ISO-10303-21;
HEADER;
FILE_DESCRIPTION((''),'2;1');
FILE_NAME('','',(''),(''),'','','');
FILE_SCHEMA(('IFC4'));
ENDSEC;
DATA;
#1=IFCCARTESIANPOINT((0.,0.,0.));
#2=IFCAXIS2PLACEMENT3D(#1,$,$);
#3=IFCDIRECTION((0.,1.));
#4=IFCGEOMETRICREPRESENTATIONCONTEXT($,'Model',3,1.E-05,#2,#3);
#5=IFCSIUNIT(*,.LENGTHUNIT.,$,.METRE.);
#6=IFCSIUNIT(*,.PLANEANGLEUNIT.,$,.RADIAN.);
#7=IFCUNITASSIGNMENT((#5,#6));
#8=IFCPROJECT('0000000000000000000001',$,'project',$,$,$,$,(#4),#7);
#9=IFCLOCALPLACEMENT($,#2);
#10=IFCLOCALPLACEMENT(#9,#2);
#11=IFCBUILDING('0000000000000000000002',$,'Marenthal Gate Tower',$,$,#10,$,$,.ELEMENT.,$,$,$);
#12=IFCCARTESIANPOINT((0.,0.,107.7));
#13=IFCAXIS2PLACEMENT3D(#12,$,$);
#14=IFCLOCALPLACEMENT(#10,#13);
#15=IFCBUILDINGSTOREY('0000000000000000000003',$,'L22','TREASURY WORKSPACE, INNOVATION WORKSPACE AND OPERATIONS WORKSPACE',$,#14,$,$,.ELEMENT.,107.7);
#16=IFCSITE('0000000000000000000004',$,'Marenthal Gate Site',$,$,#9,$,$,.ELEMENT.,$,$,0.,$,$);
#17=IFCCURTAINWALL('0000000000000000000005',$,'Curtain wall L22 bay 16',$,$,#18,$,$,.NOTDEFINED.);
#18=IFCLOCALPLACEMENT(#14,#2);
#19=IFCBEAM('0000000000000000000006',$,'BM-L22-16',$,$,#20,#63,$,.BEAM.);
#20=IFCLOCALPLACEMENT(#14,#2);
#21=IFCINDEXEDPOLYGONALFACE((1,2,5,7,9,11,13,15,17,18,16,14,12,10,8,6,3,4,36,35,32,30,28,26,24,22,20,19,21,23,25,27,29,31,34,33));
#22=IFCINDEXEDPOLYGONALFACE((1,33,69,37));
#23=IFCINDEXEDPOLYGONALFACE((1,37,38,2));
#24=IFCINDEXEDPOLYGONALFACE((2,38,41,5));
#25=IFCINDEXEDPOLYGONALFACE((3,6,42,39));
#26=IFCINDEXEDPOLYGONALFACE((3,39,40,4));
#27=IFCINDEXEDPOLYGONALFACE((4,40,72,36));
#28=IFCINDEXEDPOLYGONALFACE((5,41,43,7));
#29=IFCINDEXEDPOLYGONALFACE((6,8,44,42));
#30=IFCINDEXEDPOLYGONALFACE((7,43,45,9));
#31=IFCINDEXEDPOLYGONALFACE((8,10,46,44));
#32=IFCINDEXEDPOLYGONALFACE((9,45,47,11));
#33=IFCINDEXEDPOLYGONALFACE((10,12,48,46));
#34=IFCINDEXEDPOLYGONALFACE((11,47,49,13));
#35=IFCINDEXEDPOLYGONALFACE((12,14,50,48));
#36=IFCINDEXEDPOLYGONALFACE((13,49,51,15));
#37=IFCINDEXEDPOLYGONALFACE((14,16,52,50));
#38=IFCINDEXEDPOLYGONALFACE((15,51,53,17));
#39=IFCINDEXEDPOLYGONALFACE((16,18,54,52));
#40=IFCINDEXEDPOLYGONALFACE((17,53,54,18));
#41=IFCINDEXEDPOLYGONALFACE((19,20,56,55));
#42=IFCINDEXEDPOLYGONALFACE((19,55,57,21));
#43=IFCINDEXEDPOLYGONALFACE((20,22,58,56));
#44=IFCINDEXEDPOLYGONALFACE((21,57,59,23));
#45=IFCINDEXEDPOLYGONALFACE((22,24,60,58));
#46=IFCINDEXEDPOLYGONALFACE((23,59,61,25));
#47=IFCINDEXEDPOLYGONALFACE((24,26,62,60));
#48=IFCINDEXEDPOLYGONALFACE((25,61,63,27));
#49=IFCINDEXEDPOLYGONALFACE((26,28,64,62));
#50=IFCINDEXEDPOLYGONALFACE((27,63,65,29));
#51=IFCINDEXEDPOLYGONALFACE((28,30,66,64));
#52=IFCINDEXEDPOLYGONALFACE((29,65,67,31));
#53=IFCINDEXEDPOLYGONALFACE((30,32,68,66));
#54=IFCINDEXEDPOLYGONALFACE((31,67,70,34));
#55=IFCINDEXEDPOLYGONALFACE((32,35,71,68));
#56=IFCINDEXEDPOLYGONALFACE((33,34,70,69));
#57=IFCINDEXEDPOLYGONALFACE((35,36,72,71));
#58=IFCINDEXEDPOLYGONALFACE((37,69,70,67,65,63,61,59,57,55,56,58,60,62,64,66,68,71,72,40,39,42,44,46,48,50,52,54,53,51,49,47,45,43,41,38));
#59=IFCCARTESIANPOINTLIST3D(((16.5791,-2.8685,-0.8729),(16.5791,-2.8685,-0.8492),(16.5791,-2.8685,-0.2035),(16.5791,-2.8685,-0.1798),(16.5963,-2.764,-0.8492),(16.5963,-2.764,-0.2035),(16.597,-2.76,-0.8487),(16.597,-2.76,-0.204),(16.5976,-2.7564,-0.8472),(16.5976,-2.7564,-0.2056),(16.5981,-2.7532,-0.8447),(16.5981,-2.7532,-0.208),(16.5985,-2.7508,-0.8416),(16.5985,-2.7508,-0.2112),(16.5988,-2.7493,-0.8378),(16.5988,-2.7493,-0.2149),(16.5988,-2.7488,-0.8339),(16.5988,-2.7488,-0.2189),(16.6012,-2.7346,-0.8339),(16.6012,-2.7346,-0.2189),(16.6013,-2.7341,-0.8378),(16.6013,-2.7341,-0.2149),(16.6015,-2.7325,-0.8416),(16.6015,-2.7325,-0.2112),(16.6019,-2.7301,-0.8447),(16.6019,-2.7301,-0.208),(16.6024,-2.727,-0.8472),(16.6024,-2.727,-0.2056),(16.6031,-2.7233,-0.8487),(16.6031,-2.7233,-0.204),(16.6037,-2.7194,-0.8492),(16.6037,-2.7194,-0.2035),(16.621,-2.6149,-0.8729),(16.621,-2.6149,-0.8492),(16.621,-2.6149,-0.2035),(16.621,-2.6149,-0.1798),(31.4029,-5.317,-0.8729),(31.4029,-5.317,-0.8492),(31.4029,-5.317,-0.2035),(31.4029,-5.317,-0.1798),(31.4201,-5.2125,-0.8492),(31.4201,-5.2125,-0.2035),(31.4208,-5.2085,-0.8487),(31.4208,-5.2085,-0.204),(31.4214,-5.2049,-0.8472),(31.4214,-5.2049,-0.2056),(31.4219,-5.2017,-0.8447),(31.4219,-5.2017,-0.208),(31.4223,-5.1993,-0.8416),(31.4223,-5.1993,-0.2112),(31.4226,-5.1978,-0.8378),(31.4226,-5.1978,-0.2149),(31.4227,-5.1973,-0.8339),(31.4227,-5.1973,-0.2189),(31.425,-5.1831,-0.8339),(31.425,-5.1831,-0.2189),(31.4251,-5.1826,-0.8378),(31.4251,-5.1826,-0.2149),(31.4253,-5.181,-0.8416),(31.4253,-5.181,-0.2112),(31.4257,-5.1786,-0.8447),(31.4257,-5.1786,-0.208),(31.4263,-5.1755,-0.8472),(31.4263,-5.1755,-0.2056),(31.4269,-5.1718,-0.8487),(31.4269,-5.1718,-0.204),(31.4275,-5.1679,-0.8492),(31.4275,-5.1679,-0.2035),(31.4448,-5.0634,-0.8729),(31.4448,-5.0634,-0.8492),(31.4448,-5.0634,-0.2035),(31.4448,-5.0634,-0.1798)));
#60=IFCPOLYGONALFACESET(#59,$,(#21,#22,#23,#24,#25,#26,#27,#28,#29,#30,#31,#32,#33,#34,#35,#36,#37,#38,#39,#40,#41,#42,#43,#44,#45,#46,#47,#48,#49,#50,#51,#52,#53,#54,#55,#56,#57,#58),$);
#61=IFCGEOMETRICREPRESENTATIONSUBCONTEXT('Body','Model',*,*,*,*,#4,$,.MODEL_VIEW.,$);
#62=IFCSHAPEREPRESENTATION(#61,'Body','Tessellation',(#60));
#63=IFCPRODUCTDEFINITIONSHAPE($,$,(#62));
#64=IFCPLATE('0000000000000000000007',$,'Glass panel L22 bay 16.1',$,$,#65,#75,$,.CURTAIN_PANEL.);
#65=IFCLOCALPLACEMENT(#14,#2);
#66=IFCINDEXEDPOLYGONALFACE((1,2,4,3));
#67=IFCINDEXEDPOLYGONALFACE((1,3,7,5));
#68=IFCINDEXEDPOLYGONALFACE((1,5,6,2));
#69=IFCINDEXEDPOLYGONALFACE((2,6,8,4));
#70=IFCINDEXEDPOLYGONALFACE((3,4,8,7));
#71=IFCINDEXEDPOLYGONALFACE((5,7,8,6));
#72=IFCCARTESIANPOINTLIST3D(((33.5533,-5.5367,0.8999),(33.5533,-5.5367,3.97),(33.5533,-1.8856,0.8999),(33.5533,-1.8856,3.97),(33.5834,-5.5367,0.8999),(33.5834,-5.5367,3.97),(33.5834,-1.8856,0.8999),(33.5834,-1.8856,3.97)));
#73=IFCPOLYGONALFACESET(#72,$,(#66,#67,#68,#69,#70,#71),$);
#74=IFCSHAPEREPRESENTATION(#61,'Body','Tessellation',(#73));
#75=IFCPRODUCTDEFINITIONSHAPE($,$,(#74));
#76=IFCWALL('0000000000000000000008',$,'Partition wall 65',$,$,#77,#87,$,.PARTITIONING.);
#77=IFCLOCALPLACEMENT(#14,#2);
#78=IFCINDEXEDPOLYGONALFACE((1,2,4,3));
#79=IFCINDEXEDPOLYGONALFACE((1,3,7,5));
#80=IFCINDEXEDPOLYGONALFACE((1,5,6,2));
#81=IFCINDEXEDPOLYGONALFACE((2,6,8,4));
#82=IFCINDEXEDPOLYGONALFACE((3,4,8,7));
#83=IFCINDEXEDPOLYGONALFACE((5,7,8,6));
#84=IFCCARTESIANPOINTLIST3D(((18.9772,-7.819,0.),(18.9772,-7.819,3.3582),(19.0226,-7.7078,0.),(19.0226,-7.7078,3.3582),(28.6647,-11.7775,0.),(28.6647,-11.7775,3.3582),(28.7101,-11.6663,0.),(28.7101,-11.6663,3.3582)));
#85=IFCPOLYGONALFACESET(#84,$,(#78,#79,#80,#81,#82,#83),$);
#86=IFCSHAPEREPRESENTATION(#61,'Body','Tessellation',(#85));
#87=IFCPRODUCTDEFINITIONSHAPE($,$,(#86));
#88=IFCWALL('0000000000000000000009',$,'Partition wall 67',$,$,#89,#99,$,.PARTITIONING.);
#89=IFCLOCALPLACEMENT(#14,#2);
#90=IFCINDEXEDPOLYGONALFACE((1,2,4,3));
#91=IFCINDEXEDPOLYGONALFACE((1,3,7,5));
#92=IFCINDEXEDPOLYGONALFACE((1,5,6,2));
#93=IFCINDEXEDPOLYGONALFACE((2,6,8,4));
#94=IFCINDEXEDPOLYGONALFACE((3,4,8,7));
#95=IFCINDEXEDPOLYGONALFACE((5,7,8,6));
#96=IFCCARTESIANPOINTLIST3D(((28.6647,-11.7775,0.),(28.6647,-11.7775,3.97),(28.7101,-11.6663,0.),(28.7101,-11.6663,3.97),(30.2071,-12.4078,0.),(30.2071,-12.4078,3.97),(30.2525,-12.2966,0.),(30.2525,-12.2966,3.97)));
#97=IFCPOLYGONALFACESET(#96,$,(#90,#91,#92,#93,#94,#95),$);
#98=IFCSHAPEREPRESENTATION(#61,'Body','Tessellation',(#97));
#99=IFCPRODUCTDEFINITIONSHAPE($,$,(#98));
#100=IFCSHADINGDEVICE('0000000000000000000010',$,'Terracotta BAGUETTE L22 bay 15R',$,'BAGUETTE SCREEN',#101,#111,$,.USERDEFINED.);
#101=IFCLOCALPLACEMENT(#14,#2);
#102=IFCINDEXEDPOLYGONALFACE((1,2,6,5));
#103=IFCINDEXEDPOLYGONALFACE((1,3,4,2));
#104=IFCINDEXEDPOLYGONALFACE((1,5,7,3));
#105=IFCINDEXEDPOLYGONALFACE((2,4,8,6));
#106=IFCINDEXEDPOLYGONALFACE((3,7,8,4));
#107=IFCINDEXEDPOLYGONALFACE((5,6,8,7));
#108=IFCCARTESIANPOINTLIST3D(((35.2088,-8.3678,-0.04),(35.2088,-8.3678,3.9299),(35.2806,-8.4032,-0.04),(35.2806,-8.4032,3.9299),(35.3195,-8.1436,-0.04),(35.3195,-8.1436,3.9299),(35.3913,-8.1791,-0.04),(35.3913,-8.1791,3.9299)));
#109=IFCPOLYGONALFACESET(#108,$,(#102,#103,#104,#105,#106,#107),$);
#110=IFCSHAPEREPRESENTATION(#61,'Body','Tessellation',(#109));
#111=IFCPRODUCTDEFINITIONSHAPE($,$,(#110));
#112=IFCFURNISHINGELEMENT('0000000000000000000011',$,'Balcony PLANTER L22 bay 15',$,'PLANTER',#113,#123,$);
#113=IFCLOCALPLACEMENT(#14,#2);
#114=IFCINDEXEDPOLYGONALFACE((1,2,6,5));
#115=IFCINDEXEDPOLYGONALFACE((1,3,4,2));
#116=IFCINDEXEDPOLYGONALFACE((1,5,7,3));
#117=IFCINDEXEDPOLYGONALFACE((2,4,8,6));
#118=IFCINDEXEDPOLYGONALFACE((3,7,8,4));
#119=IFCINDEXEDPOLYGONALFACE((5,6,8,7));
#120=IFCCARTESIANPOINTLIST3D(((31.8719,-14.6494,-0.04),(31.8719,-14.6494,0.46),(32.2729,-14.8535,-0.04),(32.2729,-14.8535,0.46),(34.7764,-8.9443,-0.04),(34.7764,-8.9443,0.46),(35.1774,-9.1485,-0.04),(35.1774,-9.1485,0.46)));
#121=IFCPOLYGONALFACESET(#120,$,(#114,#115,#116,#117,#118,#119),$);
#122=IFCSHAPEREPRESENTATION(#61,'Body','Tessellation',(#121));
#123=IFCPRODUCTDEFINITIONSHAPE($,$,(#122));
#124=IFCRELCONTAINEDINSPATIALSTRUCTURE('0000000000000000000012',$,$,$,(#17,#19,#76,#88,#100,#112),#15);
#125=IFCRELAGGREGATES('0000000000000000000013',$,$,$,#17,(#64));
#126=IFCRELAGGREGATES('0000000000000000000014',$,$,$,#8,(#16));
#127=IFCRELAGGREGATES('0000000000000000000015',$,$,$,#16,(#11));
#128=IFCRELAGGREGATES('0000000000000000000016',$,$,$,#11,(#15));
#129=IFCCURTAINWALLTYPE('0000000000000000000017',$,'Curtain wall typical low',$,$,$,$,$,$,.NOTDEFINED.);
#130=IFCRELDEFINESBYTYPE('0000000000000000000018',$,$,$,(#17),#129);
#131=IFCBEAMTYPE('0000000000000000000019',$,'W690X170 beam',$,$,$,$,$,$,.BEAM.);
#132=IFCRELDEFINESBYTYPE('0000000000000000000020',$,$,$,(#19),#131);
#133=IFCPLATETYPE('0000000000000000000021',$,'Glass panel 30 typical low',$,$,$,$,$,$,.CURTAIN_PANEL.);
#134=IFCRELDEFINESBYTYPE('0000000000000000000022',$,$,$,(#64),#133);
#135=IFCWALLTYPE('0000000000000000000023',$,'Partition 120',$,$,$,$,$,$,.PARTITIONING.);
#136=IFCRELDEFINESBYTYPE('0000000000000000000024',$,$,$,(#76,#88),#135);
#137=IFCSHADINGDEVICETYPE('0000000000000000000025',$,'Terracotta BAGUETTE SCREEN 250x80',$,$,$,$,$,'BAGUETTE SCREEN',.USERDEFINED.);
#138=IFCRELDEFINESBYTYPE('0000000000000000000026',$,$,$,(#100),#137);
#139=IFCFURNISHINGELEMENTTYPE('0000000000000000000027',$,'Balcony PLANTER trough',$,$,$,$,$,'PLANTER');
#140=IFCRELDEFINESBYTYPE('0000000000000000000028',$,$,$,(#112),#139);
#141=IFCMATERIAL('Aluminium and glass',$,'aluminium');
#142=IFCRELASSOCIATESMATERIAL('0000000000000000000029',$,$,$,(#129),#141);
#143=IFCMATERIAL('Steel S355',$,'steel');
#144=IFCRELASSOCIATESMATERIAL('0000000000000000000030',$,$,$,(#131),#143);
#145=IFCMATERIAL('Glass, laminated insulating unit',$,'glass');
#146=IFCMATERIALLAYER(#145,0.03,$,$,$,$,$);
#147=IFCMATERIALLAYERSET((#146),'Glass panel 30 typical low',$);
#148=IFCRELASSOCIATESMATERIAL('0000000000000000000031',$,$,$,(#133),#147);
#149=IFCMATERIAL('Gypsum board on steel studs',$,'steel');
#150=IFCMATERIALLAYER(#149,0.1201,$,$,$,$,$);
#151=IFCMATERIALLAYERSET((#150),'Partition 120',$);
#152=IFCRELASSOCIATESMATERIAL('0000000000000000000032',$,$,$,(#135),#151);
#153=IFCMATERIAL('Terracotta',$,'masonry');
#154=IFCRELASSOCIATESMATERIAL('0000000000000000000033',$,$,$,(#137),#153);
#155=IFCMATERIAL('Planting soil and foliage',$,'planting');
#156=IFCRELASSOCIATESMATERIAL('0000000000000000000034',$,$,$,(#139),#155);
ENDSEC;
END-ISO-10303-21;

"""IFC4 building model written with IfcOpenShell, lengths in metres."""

from ifc_helpers import new_model, si_unit, direction, frame, frame_2d, origin, origin_2d, place, context, subcontext, project, spatial, rectangle, i_section, extrude, material, layer, layer_set, material_profile, profile_set, type_object, element, aggregate, save


model = new_model("IFC4")

# Units and contexts
model_context = context("Model", 3, precision=1e-05, world=origin(), true_north=direction((0.0, 1.0)))
body_context = subcontext(model_context, "Body", "Model", "MODEL_VIEW")
ifc_project = project(units=[si_unit("LENGTHUNIT", "METRE"), si_unit("PLANEANGLEUNIT", "RADIAN")], contexts=[model_context])

# Site, building, storey
site_placement = place(None, origin())
site = spatial("IfcSite", under=ifc_project, at=site_placement, Name="Marenthal Gate Site", CompositionType="ELEMENT", RefElevation=0.0)
building_placement = place(site_placement, origin())
building = spatial("IfcBuilding", under=site, at=building_placement, Name="Marenthal Gate Tower", CompositionType="ELEMENT")
storey_placement = place(building_placement, frame((0.0, 0.0, 107.7)))
storey = spatial("IfcBuildingStorey", under=building, at=storey_placement, Name="L22", Description="TREASURY WORKSPACE, INNOVATION WORKSPACE AND OPERATIONS WORKSPACE", CompositionType="ELEMENT", Elevation=107.7)

# Curtain wall
ifc_material_1 = material(Name="Aluminium and glass", Category="aluminium")
curtain_wall_type = type_object("IfcCurtainWallType", Name="Curtain wall typical low", PredefinedType="NOTDEFINED", material=ifc_material_1)
curtain_wall_placement = place(storey_placement, origin())
curtain_wall = element("IfcCurtainWall", 1, at=curtain_wall_placement, inside=storey, type_object=curtain_wall_type, Name="Curtain wall L22 bay 16", PredefinedType="NOTDEFINED")

# Beam
ifc_material_2 = material(Name="Steel S355", Category="steel")
ifc_material_profile_1 = material_profile(ifc_material_2, i_section(OverallWidth=0.2571, OverallDepth=0.6931, WebThickness=0.0144, FlangeThickness=0.0237, FilletRadius=0.0154, at=origin_2d()), Name="W690X170")
ifc_profile_set_1 = profile_set([ifc_material_profile_1], Name="Steel S355")
beam_type_1 = type_object("IfcBeamType", Name="W690X170 beam", PredefinedType="BEAM", material=ifc_profile_set_1)
beam_1_placement = place(storey_placement, frame((31.4238, -5.1902, -0.5264), z_axis=(-0.986632, 0.162965, 0.0), x_axis=(-0.162965, -0.986632, 0.0)))
element("IfcBeam", 2, at=beam_1_placement, inside=storey, type_object=beam_type_1, Name="BM-L22-16", PredefinedType="BEAM", context=body_context, shape_type="SweptSolid", body=[
    extrude(i_section(OverallWidth=0.2571, OverallDepth=0.6931, WebThickness=0.0144, FlangeThickness=0.0237, FilletRadius=0.0154, at=origin_2d()), origin(), (0.0, 0.0, 1.0), 15.0247),
])

# Plate
ifc_material_3 = material(Name="Glass, laminated insulating unit", Category="glass")
ifc_layer_1 = layer(ifc_material_3, 0.03)
ifc_layer_set_1 = layer_set([ifc_layer_1], Name="Glass panel 30 typical low")
plate_type = type_object("IfcPlateType", Name="Glass panel 30 typical low", PredefinedType="CURTAIN_PANEL", material=ifc_layer_set_1)
plate_placement = place(storey_placement, frame((33.5684, -3.7112, 0.8999), z_axis=(0.0, 0.0, 1.0), x_axis=(0.0, 1.0, 0.0)))
plate = element("IfcPlate", 3, at=plate_placement, type_object=plate_type, Name="Glass panel L22 bay 16.1", PredefinedType="CURTAIN_PANEL", context=body_context, shape_type="SweptSolid", body=[
    extrude(rectangle(XDim=3.6511, YDim=0.03, at=origin_2d()), origin(), (0.0, 0.0, 1.0), 3.0701),
])
aggregate(curtain_wall, [plate])

# Walls
ifc_material_4 = material(Name="Gypsum board on steel studs", Category="steel")
ifc_layer_2 = layer(ifc_material_4, 0.1201)
ifc_layer_set_2 = layer_set([ifc_layer_2], Name="Partition 120")
wall_type = type_object("IfcWallType", Name="Partition 120", PredefinedType="PARTITIONING", material=ifc_layer_set_2)
wall_1_placement = place(storey_placement, frame((19.0, -7.7634, 0.0), z_axis=(0.0, 0.0, 1.0), x_axis=(0.9257, -0.378259, 0.0)))
element("IfcWall", 4, at=wall_1_placement, inside=storey, type_object=wall_type, Name="Partition wall 65", PredefinedType="PARTITIONING", context=body_context, shape_type="SweptSolid", body=[
    extrude(rectangle(XDim=10.4651, YDim=0.1201, at=frame_2d((5.2324, 0.0))), origin(), (0.0, 0.0, 1.0), 3.3582),
])
wall_2_placement = place(storey_placement, frame((28.6875, -11.7219, 0.0), z_axis=(0.0, 0.0, 1.0), x_axis=(0.925682, -0.378302, 0.0)))
element("IfcWall", 5, at=wall_2_placement, inside=storey, type_object=wall_type, Name="Partition wall 67", PredefinedType="PARTITIONING", context=body_context, shape_type="SweptSolid", body=[
    extrude(rectangle(XDim=1.6663, YDim=0.1201, at=frame_2d((0.833, 0.0))), origin(), (0.0, 0.0, 1.0), 3.97),
])

# Shading device
ifc_material_5 = material(Name="Terracotta", Category="masonry")
ifc_material_profile_2 = material_profile(ifc_material_5, rectangle(XDim=0.25, YDim=0.0801, at=origin_2d()), Name="Terracotta baguette 250x80")
ifc_profile_set_2 = profile_set([ifc_material_profile_2], Name="Terracotta")
shading_device_type = type_object("IfcShadingDeviceType", Name="Terracotta BAGUETTE SCREEN 250x80", ElementType="BAGUETTE SCREEN", PredefinedType="USERDEFINED", material=ifc_profile_set_2)
shading_device_placement = place(storey_placement, frame((35.3, -8.2734, -0.04), z_axis=(0.0, 0.0, 1.0), x_axis=(0.442731, 0.896654, 0.0)))
element("IfcShadingDevice", 6, at=shading_device_placement, inside=storey, type_object=shading_device_type, Name="Terracotta BAGUETTE L22 bay 15R", ObjectType="BAGUETTE SCREEN", PredefinedType="USERDEFINED", context=body_context, shape_type="SweptSolid", body=[
    extrude(rectangle(XDim=0.25, YDim=0.0801, at=origin_2d()), origin(), (0.0, 0.0, 1.0), 3.97),
])

# Furnishing element
ifc_material_6 = material(Name="Planting soil and foliage", Category="planting")
furnishing_element_type = type_object("IfcFurnishingElementType", Name="Balcony PLANTER trough", ElementType="PLANTER", material=ifc_material_6)
furnishing_placement = place(storey_placement, frame((33.5247, -11.8989, -0.04), z_axis=(0.0, 0.0, 1.0), x_axis=(0.453688, 0.891161, 0.0)))
element("IfcFurnishingElement", 7, at=furnishing_placement, inside=storey, type_object=furnishing_element_type, Name="Balcony PLANTER L22 bay 15", ObjectType="PLANTER", context=body_context, shape_type="SweptSolid", body=[
    extrude(rectangle(XDim=6.4019, YDim=0.45, at=origin_2d()), origin(), (0.0, 0.0, 1.0), 0.5),
])

save(model, "model.ifc")
